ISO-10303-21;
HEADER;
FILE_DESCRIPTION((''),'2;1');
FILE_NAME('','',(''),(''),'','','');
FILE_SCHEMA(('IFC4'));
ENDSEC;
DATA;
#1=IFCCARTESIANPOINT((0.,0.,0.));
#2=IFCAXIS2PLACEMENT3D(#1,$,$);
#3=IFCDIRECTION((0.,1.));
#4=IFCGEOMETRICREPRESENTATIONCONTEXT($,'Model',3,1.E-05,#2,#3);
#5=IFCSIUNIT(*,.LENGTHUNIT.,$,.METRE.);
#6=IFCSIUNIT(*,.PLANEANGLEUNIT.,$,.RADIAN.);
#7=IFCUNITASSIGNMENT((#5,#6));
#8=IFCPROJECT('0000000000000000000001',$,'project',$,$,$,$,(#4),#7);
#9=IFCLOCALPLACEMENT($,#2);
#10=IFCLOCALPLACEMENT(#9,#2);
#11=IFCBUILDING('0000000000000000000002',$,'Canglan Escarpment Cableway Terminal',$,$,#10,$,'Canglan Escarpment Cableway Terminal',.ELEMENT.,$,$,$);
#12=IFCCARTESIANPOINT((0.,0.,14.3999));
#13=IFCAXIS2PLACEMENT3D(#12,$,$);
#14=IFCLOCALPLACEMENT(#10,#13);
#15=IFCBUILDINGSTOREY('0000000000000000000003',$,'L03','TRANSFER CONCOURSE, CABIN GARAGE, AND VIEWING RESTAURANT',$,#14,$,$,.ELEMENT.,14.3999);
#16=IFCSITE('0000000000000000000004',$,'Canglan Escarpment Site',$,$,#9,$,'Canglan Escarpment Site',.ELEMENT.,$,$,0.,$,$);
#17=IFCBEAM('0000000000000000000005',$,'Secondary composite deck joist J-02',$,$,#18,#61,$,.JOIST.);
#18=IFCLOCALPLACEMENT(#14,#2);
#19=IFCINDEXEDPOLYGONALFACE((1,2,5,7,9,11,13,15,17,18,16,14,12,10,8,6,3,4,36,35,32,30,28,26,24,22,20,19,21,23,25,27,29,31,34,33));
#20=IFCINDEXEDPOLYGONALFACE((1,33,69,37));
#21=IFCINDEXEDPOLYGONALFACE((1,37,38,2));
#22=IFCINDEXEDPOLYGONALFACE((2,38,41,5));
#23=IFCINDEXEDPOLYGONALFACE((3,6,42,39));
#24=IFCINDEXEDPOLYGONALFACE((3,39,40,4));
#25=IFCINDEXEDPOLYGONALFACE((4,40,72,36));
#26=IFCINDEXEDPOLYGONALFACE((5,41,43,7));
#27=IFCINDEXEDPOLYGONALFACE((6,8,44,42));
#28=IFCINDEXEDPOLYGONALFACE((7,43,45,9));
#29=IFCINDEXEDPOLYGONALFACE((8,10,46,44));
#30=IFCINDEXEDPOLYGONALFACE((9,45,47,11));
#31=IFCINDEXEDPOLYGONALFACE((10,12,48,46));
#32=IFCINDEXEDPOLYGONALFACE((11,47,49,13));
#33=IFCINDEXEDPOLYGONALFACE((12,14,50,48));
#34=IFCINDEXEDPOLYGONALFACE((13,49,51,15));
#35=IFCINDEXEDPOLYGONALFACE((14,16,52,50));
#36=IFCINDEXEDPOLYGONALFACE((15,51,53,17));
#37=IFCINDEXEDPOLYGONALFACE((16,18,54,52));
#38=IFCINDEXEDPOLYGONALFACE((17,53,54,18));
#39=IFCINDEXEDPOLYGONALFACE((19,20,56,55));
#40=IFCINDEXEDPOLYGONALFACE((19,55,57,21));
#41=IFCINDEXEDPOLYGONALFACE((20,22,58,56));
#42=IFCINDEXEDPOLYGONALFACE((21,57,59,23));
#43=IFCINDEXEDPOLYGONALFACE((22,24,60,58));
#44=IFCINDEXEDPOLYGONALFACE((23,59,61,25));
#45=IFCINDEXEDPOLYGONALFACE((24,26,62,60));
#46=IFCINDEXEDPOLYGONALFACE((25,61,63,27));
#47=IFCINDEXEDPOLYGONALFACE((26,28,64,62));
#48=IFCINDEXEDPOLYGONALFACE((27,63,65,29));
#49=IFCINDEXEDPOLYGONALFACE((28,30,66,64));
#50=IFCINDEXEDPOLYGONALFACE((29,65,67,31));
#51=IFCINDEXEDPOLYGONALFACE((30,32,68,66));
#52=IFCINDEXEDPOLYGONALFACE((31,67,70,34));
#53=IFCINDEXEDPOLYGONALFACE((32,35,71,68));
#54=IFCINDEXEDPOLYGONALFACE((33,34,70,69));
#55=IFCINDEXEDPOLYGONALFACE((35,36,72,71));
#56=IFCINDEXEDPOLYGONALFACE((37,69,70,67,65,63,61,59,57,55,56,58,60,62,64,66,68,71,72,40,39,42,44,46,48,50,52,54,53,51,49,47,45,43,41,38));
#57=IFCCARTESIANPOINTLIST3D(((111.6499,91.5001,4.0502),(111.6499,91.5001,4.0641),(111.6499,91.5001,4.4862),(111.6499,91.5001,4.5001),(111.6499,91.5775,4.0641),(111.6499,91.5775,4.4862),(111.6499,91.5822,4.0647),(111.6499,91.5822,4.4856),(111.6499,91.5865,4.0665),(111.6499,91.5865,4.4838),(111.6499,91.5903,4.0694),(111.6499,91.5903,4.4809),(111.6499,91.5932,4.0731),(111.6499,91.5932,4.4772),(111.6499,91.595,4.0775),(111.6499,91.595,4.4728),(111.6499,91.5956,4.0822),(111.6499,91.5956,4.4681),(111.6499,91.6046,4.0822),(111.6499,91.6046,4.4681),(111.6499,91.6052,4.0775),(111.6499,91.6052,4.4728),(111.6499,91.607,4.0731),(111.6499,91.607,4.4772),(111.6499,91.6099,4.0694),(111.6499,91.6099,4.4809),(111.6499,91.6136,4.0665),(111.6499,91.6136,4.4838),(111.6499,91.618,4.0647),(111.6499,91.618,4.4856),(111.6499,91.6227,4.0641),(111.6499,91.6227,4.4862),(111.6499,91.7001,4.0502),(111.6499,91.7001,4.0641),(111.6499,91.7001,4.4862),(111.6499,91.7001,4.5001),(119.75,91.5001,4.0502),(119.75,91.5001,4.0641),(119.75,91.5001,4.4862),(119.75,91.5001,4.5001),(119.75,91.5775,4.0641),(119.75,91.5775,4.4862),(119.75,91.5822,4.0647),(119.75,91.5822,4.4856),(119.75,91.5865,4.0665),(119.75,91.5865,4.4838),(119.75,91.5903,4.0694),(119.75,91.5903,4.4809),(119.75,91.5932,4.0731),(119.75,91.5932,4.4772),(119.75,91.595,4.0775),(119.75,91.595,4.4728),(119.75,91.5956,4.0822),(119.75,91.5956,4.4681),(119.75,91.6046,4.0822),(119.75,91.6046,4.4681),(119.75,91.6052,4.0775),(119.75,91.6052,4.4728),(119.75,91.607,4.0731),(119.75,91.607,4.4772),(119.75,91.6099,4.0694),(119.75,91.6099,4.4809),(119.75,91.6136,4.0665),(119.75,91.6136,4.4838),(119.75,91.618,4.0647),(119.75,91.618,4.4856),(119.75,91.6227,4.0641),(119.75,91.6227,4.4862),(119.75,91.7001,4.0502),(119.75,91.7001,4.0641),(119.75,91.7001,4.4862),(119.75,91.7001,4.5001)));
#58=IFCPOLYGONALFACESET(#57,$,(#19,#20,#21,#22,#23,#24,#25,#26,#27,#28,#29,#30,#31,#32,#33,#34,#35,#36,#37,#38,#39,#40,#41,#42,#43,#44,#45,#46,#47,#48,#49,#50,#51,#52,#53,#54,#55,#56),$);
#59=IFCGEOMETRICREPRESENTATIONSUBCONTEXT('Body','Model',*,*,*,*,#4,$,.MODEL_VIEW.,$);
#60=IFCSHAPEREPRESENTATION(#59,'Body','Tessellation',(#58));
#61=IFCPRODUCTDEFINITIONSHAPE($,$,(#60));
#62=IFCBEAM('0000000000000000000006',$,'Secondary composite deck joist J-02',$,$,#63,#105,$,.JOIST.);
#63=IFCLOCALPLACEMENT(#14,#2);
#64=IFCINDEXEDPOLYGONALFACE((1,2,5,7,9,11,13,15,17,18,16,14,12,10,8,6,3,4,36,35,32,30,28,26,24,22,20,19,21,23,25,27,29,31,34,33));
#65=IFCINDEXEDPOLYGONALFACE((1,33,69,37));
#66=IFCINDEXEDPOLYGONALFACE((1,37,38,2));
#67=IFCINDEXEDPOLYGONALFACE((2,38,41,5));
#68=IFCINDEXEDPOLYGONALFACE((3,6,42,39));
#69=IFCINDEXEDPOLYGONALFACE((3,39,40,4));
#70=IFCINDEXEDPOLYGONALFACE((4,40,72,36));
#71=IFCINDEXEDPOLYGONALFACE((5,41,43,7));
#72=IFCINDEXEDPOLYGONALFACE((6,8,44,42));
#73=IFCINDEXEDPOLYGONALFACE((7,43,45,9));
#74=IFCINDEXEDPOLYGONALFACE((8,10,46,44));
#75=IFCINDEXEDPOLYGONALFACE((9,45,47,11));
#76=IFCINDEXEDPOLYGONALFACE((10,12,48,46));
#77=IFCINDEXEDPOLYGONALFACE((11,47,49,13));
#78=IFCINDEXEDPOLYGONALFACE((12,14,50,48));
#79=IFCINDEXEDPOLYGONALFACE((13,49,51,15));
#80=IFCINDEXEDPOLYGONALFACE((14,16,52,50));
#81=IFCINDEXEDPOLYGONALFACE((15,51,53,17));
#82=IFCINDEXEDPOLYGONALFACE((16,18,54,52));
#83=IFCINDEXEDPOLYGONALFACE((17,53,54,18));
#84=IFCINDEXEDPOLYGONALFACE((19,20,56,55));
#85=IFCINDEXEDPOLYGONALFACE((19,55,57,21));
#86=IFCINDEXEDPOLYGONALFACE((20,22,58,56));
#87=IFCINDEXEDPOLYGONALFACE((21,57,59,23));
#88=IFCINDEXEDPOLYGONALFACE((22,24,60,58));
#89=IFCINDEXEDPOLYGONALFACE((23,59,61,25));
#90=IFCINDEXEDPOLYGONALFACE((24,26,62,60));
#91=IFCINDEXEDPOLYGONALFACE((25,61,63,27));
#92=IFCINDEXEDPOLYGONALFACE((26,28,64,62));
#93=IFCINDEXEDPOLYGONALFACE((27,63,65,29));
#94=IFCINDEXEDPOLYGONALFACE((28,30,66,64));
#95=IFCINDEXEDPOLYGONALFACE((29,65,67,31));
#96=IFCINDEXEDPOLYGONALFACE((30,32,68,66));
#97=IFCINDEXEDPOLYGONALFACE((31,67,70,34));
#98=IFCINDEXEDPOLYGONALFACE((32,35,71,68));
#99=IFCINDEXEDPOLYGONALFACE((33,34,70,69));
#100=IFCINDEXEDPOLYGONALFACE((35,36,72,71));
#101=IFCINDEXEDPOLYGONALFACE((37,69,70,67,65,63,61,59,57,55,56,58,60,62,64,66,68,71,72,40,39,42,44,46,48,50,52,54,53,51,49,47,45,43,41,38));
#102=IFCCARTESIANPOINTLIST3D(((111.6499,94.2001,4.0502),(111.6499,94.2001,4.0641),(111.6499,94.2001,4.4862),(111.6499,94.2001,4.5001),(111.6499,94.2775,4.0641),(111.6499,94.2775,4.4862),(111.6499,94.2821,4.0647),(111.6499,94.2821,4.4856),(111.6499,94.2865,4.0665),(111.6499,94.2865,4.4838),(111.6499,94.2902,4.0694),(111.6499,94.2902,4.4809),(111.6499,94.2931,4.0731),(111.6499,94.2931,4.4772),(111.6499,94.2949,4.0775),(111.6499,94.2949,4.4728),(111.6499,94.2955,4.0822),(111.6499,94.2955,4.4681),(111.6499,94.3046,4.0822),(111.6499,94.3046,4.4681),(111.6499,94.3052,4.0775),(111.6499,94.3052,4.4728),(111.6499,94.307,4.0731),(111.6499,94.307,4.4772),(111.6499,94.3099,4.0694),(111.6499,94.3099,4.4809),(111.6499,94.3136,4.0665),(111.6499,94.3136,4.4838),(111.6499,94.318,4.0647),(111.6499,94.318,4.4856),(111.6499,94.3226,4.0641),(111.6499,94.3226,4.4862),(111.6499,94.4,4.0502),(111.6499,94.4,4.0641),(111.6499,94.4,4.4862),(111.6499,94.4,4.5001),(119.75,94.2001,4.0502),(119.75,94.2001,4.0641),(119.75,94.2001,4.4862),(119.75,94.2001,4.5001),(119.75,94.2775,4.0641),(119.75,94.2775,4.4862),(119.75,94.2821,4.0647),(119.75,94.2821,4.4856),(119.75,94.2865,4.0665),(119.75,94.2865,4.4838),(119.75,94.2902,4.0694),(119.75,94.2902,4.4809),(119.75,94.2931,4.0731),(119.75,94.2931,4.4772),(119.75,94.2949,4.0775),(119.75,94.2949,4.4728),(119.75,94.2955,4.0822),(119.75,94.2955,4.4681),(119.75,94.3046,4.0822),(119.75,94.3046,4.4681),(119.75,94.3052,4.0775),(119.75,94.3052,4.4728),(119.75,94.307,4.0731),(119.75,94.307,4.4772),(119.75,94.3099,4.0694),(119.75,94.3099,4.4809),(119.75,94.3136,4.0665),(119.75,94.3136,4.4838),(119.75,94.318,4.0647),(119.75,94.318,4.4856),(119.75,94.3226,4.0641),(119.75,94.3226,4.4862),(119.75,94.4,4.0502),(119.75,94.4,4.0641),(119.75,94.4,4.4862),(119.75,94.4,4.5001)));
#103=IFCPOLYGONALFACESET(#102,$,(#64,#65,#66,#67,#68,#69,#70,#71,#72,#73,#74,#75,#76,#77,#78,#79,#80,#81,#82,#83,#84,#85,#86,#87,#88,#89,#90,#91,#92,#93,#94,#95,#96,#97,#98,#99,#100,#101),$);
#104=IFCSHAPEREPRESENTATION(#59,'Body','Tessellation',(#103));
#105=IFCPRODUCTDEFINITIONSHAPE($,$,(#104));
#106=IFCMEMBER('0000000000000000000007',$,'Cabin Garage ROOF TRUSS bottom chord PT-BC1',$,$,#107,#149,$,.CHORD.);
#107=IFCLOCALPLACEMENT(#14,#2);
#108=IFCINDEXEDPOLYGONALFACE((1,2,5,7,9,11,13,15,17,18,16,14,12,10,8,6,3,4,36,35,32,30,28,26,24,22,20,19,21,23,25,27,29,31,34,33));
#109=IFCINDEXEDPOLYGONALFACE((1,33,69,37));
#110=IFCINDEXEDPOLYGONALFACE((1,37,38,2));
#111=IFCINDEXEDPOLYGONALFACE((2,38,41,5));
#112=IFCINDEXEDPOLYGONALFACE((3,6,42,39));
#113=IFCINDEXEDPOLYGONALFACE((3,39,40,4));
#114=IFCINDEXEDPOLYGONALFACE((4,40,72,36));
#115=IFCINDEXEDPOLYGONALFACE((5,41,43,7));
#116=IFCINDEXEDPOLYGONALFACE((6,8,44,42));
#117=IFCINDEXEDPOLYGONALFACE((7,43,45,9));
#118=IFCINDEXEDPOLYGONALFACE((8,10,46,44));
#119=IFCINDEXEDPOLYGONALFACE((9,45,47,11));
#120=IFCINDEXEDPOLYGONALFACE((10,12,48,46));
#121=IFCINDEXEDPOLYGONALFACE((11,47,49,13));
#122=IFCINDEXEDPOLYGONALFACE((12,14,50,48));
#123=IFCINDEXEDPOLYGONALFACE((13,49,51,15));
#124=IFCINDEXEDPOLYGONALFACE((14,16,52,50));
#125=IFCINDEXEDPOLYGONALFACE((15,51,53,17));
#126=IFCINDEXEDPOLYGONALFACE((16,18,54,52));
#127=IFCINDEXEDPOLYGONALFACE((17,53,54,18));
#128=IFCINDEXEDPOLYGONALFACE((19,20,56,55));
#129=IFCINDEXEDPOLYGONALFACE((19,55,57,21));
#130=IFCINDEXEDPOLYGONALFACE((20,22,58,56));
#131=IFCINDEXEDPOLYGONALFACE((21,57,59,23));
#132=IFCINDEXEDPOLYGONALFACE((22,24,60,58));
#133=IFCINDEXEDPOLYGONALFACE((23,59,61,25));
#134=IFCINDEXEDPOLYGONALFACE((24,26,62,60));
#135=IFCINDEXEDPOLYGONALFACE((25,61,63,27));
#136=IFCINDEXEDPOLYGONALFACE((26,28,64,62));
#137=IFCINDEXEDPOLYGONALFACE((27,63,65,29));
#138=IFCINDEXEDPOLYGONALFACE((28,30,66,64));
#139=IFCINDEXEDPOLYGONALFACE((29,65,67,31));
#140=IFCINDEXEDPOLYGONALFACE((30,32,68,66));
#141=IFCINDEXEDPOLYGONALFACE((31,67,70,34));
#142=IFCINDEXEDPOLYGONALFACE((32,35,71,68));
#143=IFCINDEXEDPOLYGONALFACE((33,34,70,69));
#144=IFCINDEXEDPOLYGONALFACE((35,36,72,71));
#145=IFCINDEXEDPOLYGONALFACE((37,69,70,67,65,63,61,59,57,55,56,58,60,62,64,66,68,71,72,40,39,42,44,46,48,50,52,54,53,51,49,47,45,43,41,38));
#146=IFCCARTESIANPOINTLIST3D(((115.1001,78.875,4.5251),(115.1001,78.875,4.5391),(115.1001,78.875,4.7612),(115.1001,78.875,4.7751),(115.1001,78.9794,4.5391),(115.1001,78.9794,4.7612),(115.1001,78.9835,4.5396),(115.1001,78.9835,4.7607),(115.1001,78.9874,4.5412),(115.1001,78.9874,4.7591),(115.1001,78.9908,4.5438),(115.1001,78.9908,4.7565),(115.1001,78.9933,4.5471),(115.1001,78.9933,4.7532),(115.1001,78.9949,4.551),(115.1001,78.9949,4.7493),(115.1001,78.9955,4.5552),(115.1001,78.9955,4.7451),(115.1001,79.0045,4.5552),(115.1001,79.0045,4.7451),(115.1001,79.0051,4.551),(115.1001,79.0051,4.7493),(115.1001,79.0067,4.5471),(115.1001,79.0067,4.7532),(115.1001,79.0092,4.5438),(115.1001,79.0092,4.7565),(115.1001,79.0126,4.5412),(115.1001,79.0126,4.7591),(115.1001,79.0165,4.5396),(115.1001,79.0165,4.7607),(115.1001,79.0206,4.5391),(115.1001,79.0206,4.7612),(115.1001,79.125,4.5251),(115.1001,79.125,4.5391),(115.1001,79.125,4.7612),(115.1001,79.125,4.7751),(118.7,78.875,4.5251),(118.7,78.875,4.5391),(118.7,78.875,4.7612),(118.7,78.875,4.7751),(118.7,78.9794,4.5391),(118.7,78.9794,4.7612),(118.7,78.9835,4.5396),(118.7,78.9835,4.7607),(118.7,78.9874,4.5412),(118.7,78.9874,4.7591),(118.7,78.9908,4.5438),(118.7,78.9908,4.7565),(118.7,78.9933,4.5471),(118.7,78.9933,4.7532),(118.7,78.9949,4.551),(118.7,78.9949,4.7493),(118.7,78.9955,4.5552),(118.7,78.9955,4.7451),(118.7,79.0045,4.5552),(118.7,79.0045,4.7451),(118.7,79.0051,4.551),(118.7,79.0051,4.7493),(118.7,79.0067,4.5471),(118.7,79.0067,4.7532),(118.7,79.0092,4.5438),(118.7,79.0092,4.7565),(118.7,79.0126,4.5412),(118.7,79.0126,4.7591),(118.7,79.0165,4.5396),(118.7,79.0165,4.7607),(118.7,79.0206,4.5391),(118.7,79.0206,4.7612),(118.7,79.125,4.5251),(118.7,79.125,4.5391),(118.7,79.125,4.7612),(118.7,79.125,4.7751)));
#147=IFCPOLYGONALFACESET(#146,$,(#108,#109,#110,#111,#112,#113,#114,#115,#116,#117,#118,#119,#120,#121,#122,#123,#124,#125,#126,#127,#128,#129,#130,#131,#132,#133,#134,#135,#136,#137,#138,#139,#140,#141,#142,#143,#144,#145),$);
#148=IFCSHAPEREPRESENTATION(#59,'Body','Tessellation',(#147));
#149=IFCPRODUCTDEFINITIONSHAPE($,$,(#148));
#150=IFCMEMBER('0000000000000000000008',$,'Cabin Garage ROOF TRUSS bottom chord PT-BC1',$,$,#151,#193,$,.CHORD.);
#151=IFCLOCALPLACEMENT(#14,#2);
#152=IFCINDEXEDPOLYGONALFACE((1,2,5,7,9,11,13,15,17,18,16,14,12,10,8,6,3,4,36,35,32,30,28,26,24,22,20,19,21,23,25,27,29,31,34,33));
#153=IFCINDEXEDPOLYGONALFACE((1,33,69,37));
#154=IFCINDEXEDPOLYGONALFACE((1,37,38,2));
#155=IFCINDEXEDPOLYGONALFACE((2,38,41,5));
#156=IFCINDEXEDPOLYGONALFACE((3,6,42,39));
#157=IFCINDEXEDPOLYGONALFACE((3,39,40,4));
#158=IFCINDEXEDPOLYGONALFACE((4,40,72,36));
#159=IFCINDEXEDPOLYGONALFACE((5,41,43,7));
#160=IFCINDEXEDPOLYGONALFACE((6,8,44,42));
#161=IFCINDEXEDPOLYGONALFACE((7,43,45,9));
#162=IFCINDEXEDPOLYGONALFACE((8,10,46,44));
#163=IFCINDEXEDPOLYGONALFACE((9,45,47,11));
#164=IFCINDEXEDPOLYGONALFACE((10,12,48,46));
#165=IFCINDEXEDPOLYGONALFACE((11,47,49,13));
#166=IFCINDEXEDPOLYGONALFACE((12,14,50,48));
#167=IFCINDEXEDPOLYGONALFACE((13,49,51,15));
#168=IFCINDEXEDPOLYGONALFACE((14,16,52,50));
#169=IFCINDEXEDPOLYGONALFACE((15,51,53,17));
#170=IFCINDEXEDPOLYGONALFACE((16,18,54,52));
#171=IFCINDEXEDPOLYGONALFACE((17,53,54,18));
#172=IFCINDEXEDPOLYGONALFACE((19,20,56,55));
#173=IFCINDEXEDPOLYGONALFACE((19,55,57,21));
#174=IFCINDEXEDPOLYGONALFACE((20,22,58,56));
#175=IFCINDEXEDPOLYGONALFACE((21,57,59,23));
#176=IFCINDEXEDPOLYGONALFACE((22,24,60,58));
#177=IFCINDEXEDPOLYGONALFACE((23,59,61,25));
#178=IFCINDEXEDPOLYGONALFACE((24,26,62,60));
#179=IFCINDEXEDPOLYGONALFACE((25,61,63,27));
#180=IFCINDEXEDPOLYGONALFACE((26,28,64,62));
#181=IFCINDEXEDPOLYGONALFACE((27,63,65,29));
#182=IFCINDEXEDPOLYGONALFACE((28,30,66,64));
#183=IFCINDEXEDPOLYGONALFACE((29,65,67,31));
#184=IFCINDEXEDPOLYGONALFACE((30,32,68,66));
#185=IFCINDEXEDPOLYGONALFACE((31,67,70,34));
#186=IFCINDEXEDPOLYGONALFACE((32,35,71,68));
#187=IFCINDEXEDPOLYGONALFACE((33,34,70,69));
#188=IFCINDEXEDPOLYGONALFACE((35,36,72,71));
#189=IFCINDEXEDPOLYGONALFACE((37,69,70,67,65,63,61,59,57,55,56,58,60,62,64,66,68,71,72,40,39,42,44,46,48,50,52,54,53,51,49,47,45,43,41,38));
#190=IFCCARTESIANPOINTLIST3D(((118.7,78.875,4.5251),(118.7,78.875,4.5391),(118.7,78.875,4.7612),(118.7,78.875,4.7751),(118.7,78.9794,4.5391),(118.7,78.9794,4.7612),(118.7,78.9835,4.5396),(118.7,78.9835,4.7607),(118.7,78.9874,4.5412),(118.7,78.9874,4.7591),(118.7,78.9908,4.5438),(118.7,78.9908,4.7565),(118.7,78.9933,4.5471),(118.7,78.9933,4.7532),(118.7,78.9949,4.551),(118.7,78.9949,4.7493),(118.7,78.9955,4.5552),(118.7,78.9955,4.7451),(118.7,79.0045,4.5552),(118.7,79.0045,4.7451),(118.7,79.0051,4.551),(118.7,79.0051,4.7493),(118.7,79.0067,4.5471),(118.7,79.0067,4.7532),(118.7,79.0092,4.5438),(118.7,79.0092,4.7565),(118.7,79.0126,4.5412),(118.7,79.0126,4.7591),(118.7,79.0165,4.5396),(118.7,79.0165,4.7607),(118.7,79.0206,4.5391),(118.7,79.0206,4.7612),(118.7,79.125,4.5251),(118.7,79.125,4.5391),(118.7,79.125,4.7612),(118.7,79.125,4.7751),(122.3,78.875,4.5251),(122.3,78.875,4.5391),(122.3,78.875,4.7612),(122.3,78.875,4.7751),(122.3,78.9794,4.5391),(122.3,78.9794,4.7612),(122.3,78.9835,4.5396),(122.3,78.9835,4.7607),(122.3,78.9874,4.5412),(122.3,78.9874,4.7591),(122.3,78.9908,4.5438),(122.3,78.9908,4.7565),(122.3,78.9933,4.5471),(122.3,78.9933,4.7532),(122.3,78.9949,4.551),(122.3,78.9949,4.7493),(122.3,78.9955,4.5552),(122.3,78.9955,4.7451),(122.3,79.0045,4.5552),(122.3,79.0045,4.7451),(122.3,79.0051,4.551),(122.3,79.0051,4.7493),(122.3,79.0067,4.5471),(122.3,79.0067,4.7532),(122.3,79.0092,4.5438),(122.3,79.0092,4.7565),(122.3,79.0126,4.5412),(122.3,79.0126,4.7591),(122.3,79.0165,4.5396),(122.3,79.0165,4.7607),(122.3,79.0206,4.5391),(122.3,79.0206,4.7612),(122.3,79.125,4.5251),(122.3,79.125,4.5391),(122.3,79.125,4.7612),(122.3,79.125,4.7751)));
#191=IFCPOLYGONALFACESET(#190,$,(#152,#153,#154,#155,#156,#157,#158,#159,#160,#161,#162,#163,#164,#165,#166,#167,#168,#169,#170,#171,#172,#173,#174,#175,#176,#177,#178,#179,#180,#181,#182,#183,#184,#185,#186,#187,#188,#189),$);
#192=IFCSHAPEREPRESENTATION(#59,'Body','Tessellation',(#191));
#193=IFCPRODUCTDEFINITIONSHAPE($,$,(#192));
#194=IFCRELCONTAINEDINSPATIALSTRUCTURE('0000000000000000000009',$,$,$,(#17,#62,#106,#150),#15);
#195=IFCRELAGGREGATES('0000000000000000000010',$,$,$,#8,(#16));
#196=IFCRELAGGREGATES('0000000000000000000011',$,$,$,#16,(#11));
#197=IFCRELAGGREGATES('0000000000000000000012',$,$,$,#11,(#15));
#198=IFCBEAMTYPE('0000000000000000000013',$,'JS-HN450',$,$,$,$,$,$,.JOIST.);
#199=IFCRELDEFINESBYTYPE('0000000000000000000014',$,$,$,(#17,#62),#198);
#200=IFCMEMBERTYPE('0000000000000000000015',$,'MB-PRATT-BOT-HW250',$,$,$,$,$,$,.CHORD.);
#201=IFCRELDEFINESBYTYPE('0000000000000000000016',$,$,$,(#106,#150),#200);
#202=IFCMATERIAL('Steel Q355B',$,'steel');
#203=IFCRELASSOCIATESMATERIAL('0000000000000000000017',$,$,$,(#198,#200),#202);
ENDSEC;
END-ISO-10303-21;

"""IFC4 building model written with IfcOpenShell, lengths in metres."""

from ifc_helpers import new_model, si_unit, direction, frame, origin, origin_2d, place, context, subcontext, project, spatial, i_section, extrude, material, material_profile, profile_set, type_object, element, save


model = new_model("IFC4")

# Units and contexts
model_context = context("Model", 3, precision=1e-05, world=origin(), true_north=direction((0.0, 1.0)))
body_context = subcontext(model_context, "Body", "Model", "MODEL_VIEW")
ifc_project = project(units=[si_unit("LENGTHUNIT", "METRE"), si_unit("PLANEANGLEUNIT", "RADIAN")], contexts=[model_context])

# Site, building, storey
site_placement = place(None, origin())
site = spatial("IfcSite", under=ifc_project, at=site_placement, Name="Canglan Escarpment Site", LongName="Canglan Escarpment Site", CompositionType="ELEMENT", RefElevation=0.0)
building_placement = place(site_placement, origin())
building = spatial("IfcBuilding", under=site, at=building_placement, Name="Canglan Escarpment Cableway Terminal", LongName="Canglan Escarpment Cableway Terminal", CompositionType="ELEMENT")
storey_placement = place(building_placement, frame((0.0, 0.0, 14.3999)))
storey = spatial("IfcBuildingStorey", under=building, at=storey_placement, Name="L03", Description="TRANSFER CONCOURSE, CABIN GARAGE, AND VIEWING RESTAURANT", CompositionType="ELEMENT", Elevation=14.3999)

# Beams
ifc_material_1 = material(Name="Steel Q355B", Category="steel")
ifc_material_profile_1 = material_profile(ifc_material_1, i_section(OverallWidth=0.2, OverallDepth=0.45, WebThickness=0.009, FlangeThickness=0.0139, FilletRadius=0.0181, at=origin_2d()), Name="HN 450x200x9x14")
ifc_profile_set_1 = profile_set([ifc_material_profile_1], Name="Steel Q355B")
beam_type_1 = type_object("IfcBeamType", Name="JS-HN450", PredefinedType="JOIST", material=ifc_profile_set_1)
for number, where, z_axis, x_axis, name in (
    (1, (111.6499, 91.6001, 4.2751), (1.0, 0.0, 0.0), (0.0, 1.0, 0.0), "Secondary composite deck joist J-02"),
    (2, (111.6499, 94.3, 4.2751), (1.0, 0.0, 0.0), (0.0, 1.0, 0.0), "Secondary composite deck joist J-02"),
):
    element("IfcBeam", number, at=place(storey_placement, frame(where, z_axis=z_axis, x_axis=x_axis)), inside=storey, type_object=beam_type_1, Name=name, PredefinedType="JOIST", context=body_context, shape_type="SweptSolid", body=[
        extrude(i_section(OverallWidth=0.2, OverallDepth=0.45, WebThickness=0.009, FlangeThickness=0.0139, FilletRadius=0.0181, at=origin_2d()), origin(), (0.0, 0.0, 1.0), 8.1001),
    ])

# Members
ifc_material_profile_2 = material_profile(ifc_material_1, i_section(OverallWidth=0.25, OverallDepth=0.25, WebThickness=0.009, FlangeThickness=0.0139, FilletRadius=0.0161, at=origin_2d()), Name="HW 250x250x9x14")
ifc_profile_set_2 = profile_set([ifc_material_profile_2], Name="Steel Q355B")
member_type_1 = type_object("IfcMemberType", Name="MB-PRATT-BOT-HW250", PredefinedType="CHORD", material=ifc_profile_set_2)
member_1_placement = place(storey_placement, frame((115.1001, 79.0, 4.6501), z_axis=(1.0, 0.0, 0.0), x_axis=(0.0, 1.0, 0.0)))
element("IfcMember", 3, at=member_1_placement, inside=storey, type_object=member_type_1, Name="Cabin Garage ROOF TRUSS bottom chord PT-BC1", PredefinedType="CHORD", context=body_context, shape_type="SweptSolid", body=[
    extrude(i_section(OverallWidth=0.25, OverallDepth=0.25, WebThickness=0.009, FlangeThickness=0.0139, FilletRadius=0.0161, at=origin_2d()), origin(), (0.0, 0.0, 1.0), 3.5999),
])
member_2_placement = place(storey_placement, frame((118.7, 79.0, 4.6501), z_axis=(1.0, 0.0, 0.0), x_axis=(0.0, 1.0, 0.0)))
element("IfcMember", 4, at=member_2_placement, inside=storey, type_object=member_type_1, Name="Cabin Garage ROOF TRUSS bottom chord PT-BC1", PredefinedType="CHORD", context=body_context, shape_type="SweptSolid", body=[
    extrude(i_section(OverallWidth=0.25, OverallDepth=0.25, WebThickness=0.009, FlangeThickness=0.0139, FilletRadius=0.0161, at=origin_2d()), origin(), (0.0, 0.0, 1.0), 3.6001),
])

save(model, "model.ifc")
